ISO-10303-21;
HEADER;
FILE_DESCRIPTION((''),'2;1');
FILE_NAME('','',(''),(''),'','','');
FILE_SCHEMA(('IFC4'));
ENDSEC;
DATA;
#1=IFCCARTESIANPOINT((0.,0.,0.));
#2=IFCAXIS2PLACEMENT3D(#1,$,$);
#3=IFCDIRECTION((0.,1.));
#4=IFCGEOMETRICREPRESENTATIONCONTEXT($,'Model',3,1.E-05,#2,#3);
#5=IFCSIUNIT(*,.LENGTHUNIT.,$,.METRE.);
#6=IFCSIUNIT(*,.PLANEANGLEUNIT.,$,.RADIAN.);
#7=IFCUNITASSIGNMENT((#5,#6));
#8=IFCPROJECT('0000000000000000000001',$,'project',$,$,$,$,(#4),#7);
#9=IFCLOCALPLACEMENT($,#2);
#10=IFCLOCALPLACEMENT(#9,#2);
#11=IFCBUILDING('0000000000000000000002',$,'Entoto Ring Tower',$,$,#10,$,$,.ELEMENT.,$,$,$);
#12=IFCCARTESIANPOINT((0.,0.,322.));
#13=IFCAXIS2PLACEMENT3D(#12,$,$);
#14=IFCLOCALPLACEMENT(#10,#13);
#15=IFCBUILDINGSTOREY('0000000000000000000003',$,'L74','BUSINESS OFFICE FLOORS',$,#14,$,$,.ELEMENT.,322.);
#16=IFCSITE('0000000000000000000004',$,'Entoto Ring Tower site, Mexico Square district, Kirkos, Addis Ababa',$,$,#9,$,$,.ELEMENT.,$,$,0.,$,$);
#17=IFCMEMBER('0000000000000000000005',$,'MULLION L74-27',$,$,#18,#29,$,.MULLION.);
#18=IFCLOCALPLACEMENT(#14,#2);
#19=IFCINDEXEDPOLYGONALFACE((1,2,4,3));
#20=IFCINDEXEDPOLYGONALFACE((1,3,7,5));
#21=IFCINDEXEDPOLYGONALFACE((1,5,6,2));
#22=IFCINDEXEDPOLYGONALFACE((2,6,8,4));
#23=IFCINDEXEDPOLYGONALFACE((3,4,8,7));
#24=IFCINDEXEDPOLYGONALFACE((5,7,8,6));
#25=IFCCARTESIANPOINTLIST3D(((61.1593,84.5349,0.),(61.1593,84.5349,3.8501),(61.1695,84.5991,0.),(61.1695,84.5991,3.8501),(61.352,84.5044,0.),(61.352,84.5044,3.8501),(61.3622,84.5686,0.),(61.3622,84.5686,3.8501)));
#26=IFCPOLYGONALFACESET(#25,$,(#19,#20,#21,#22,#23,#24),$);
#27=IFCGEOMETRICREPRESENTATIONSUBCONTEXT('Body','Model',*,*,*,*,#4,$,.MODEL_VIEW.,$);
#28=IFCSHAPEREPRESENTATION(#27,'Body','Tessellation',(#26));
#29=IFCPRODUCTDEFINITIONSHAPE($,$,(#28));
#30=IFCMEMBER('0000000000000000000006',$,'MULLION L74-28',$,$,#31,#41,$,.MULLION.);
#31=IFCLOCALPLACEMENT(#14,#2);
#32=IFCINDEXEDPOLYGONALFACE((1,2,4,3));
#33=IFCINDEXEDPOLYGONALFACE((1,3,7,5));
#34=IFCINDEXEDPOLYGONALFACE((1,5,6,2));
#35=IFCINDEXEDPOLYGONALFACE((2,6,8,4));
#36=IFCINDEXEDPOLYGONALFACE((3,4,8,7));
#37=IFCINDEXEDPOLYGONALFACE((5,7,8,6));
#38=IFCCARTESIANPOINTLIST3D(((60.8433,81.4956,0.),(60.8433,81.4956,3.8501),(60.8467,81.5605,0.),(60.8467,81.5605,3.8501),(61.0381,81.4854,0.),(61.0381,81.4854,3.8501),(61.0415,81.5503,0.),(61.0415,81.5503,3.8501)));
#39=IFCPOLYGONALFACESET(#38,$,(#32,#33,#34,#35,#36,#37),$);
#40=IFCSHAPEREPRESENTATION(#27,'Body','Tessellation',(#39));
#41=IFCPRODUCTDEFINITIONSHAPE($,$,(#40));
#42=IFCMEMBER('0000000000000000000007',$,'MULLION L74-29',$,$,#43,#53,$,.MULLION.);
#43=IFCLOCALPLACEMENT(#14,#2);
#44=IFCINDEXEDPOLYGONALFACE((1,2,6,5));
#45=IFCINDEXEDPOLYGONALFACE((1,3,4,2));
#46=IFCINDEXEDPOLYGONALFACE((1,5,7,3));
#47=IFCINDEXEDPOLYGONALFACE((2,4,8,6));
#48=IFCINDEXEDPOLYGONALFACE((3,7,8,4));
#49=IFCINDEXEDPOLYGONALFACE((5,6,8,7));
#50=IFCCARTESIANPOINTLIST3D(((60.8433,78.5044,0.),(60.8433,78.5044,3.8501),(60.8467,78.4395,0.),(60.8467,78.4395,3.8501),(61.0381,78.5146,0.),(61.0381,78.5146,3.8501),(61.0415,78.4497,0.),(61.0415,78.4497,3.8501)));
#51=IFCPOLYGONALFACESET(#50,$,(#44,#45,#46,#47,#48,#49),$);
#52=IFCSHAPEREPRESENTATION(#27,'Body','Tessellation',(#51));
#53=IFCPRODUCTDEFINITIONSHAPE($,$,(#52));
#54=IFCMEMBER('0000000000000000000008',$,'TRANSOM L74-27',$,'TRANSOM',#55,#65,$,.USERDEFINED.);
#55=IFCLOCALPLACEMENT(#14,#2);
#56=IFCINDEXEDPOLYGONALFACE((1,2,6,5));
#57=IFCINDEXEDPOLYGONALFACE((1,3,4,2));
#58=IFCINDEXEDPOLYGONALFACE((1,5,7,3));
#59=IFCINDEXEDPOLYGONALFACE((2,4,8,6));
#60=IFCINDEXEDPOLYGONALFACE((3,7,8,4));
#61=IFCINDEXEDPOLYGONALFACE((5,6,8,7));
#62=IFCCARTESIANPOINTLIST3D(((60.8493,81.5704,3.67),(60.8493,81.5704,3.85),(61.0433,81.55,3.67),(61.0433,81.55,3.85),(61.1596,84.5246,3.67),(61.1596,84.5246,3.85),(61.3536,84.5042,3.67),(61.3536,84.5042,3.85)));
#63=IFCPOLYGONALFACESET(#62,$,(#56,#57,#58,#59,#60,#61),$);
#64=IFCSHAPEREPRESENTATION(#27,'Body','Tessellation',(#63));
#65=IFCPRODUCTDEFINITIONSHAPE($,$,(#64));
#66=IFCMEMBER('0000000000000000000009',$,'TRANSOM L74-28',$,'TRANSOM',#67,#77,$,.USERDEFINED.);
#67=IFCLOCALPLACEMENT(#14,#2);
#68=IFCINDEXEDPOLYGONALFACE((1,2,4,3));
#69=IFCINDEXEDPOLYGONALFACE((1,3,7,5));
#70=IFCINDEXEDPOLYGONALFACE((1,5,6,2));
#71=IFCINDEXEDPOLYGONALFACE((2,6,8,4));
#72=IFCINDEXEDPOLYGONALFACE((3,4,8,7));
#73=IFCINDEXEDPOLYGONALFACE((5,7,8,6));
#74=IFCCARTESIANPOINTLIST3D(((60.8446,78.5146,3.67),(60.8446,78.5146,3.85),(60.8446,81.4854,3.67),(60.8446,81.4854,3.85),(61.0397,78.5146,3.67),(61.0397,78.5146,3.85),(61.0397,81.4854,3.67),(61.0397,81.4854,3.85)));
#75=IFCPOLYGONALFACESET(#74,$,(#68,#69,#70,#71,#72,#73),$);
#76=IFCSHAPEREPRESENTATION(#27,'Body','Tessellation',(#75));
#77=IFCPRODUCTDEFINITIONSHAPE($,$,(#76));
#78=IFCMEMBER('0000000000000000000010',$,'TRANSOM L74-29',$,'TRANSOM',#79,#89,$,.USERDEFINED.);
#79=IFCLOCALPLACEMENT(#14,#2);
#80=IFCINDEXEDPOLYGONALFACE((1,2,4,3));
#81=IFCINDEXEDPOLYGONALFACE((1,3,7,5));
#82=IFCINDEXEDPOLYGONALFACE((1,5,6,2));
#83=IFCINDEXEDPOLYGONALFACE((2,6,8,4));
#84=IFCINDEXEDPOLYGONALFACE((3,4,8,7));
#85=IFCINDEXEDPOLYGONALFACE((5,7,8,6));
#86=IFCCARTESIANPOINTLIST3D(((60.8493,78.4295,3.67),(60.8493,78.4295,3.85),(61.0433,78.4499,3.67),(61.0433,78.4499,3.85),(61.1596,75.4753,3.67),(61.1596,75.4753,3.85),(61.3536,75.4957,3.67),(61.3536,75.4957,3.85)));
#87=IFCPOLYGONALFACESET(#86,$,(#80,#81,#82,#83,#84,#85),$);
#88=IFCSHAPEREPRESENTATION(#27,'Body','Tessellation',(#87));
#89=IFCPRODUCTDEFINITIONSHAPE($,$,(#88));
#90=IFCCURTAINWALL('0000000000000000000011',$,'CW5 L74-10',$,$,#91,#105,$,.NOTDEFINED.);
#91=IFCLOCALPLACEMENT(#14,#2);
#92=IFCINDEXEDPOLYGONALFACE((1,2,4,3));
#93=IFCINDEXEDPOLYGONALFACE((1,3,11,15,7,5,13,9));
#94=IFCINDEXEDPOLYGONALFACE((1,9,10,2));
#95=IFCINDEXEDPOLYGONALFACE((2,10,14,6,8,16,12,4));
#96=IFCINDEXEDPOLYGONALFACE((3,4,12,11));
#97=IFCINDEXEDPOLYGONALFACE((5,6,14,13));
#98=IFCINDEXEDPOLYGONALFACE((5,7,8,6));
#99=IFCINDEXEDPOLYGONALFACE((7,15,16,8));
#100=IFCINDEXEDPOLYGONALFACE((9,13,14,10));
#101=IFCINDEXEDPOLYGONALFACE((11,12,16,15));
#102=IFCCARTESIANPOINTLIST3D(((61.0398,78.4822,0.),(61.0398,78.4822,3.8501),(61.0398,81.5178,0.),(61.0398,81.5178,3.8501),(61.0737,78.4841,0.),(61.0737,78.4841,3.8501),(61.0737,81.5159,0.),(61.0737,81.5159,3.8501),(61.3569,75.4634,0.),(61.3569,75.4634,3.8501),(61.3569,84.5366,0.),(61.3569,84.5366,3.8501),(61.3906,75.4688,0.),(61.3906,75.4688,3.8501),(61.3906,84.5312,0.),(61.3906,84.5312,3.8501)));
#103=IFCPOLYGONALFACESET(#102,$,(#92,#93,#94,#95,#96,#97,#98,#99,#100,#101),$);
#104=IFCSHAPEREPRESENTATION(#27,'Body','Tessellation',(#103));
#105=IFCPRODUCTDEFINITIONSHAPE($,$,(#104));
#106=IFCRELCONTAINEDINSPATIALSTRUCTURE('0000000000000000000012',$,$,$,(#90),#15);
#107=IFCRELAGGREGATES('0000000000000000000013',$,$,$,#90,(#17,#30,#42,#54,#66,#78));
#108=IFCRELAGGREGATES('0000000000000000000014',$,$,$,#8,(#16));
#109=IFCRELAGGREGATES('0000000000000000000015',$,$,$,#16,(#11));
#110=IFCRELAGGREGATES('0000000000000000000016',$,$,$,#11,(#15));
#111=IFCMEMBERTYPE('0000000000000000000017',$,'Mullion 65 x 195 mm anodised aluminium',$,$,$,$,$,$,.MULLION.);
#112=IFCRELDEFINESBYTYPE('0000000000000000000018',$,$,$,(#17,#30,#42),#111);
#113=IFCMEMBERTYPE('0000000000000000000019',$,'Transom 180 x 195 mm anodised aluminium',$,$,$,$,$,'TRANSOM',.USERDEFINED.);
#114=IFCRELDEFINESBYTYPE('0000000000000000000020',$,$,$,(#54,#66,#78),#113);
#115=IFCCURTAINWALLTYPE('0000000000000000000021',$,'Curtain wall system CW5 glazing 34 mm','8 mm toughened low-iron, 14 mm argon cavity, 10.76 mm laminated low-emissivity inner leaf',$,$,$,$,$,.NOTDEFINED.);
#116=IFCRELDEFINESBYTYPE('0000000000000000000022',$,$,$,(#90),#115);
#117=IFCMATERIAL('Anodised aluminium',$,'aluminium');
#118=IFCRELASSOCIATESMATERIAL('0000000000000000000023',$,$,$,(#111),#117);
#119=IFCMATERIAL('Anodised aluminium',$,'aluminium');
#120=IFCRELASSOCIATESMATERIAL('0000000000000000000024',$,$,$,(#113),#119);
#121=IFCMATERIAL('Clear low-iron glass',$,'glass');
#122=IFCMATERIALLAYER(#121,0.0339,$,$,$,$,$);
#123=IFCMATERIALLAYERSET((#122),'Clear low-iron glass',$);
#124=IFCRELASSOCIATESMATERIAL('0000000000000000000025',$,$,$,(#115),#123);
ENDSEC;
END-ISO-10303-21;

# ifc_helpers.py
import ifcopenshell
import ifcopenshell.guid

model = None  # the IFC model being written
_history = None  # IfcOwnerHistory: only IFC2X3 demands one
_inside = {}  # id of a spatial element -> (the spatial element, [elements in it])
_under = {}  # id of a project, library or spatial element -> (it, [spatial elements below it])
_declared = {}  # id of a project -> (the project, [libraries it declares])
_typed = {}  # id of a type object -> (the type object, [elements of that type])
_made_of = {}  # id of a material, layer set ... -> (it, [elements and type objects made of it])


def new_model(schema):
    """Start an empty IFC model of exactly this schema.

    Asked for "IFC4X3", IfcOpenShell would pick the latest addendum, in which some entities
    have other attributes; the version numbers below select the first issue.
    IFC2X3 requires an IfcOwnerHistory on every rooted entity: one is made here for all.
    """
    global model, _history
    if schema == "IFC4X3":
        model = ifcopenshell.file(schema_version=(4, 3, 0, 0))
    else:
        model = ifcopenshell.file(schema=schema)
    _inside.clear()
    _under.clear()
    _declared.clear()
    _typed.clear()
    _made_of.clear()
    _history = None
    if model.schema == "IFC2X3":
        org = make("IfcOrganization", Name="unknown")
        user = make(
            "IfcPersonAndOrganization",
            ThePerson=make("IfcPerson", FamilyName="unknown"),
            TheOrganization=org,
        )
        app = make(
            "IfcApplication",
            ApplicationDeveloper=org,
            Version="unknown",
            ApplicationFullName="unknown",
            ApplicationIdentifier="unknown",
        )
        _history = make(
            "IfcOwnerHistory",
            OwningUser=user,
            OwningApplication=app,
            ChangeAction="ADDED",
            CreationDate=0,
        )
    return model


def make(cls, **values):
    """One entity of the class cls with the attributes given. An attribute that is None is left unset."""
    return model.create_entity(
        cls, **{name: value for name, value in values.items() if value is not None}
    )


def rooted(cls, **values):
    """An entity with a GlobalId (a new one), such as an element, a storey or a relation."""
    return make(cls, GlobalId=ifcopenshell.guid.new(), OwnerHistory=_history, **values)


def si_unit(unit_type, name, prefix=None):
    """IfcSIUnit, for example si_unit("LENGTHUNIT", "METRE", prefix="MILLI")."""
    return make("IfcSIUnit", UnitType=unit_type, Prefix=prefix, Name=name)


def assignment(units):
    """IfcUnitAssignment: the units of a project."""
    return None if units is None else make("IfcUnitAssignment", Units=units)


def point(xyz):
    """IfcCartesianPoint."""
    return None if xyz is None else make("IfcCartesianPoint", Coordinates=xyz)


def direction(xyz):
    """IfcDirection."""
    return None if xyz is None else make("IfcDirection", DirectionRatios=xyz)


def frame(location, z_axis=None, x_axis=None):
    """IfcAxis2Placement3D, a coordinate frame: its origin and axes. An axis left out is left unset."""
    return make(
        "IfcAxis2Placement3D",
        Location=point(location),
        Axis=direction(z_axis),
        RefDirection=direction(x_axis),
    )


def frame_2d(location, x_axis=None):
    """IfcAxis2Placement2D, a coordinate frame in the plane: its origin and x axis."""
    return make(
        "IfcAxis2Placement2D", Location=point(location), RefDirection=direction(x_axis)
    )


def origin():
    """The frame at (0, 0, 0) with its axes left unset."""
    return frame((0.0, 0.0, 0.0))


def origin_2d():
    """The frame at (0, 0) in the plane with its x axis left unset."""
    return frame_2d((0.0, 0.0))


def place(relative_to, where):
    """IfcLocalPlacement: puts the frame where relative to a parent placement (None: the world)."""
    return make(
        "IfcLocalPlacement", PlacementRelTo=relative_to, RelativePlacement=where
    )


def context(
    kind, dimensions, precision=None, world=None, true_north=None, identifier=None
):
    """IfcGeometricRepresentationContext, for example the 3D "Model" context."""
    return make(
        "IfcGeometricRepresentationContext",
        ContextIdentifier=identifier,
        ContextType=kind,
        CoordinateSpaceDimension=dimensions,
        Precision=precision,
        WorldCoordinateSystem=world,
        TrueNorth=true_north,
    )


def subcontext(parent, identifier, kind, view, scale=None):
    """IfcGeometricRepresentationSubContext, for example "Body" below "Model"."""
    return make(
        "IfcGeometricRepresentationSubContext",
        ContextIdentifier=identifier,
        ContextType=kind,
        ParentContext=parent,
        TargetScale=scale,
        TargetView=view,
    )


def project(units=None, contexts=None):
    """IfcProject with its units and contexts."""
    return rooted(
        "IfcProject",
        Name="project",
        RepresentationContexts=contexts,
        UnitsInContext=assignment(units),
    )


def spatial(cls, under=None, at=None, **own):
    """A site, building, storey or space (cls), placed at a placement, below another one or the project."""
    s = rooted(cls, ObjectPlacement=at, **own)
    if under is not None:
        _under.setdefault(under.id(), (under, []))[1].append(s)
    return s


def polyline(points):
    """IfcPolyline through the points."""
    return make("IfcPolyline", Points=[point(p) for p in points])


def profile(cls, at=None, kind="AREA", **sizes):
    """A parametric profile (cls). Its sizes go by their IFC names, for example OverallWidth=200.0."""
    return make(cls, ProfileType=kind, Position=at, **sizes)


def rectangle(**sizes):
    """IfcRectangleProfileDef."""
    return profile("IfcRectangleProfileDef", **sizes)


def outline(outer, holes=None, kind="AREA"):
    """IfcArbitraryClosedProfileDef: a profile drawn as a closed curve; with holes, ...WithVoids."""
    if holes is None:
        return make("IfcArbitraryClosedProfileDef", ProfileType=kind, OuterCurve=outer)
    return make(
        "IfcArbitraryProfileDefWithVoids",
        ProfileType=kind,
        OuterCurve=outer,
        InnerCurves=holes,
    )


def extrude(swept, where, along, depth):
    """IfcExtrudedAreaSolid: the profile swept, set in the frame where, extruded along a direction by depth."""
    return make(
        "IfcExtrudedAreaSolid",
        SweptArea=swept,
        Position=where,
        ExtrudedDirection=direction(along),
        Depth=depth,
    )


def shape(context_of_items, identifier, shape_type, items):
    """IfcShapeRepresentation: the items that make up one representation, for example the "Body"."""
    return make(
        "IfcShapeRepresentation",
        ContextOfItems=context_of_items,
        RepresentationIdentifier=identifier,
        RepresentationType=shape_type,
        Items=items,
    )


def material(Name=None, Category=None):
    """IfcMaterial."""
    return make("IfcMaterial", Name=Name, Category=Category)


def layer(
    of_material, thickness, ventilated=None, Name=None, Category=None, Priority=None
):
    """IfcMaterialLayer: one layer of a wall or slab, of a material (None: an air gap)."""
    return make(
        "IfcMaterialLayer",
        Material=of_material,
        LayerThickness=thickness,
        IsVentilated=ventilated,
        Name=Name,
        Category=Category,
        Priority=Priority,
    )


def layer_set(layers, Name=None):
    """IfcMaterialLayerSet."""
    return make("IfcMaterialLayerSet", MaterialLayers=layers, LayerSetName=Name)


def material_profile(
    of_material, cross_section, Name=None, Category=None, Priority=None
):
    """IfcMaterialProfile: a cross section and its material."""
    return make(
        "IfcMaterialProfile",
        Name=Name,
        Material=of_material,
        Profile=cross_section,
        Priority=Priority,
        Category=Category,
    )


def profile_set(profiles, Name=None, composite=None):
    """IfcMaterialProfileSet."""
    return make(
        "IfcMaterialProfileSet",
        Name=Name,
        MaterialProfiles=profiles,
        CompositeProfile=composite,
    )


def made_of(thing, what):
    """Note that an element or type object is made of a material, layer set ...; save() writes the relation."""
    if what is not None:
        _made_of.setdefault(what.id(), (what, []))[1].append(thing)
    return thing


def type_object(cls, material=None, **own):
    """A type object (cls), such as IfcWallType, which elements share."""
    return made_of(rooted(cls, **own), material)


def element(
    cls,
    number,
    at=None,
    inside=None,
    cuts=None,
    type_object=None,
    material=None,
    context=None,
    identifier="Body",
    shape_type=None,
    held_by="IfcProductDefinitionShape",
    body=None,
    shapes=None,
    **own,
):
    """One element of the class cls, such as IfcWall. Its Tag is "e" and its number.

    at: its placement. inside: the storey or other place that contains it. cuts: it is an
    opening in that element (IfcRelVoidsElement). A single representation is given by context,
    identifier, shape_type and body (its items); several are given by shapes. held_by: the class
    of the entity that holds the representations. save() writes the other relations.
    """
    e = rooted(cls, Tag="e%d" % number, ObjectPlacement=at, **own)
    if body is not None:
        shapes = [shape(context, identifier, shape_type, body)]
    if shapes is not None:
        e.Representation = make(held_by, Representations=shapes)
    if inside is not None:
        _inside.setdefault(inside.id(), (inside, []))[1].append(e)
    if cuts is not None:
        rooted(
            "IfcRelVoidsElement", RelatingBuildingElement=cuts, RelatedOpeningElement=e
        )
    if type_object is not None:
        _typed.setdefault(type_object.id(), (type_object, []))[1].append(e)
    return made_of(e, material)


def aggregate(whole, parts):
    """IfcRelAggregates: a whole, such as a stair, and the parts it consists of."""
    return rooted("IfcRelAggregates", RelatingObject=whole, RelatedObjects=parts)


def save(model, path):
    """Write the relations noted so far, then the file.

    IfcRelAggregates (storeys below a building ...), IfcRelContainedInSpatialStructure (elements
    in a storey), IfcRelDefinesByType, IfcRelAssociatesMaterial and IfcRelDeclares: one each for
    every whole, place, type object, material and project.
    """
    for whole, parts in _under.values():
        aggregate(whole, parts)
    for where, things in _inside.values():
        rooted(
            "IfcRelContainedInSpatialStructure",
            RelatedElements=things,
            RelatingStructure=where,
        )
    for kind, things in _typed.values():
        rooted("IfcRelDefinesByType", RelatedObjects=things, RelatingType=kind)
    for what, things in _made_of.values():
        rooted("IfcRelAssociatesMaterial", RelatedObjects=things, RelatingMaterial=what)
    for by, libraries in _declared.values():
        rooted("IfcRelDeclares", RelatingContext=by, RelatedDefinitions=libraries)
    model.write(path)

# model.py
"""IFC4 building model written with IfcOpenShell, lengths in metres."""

from ifc_helpers import new_model, si_unit, direction, frame, origin, origin_2d, place, context, subcontext, project, spatial, polyline, rectangle, outline, extrude, material, layer, layer_set, material_profile, profile_set, type_object, element, aggregate, save


model = new_model("IFC4")

# Units and contexts
model_context = context("Model", 3, precision=1e-05, world=origin(), true_north=direction((0.0, 1.0)))
body_context = subcontext(model_context, "Body", "Model", "MODEL_VIEW")
ifc_project = project(units=[si_unit("LENGTHUNIT", "METRE"), si_unit("PLANEANGLEUNIT", "RADIAN")], contexts=[model_context])

# Members
ifc_material_1 = material(Name="Anodised aluminium", Category="aluminium")
ifc_material_profile_1 = material_profile(ifc_material_1, rectangle(XDim=0.0649, YDim=0.1951, at=origin_2d()), Name="Mullion 65 x 195 mm anodised aluminium")
ifc_profile_set_1 = profile_set([ifc_material_profile_1], Name="Anodised aluminium")
member_type_1 = type_object("IfcMemberType", Name="Mullion 65 x 195 mm anodised aluminium", PredefinedType="MULLION", material=ifc_profile_set_1)
site_placement = place(None, origin())
building_placement = place(site_placement, origin())
storey_placement = place(building_placement, frame((0.0, 0.0, 322.0)))
member_1_placement = place(storey_placement, frame((61.2607, 84.5518, 0.0), z_axis=(0.0, 0.0, 1.0), x_axis=(-0.156434, -0.987688, 0.0)))
member_1 = element("IfcMember", 1, at=member_1_placement, type_object=member_type_1, Name="MULLION L74-27", PredefinedType="MULLION", context=body_context, shape_type="SweptSolid", body=[
    extrude(rectangle(XDim=0.0649, YDim=0.1951, at=origin_2d()), origin(), (0.0, 0.0, 1.0), 3.8501),
])
member_2_placement = place(storey_placement, frame((60.9424, 81.5229, 0.0), z_axis=(0.0, 0.0, 1.0), x_axis=(-0.052336, -0.99863, 0.0)))
member_2 = element("IfcMember", 2, at=member_2_placement, type_object=member_type_1, Name="MULLION L74-28", PredefinedType="MULLION", context=body_context, shape_type="SweptSolid", body=[
    extrude(rectangle(XDim=0.0649, YDim=0.1951, at=origin_2d()), origin(), (0.0, 0.0, 1.0), 3.8501),
])
member_3_placement = place(storey_placement, frame((60.9424, 78.4771, 0.0), z_axis=(0.0, 0.0, 1.0), x_axis=(0.052336, -0.99863, 0.0)))
member_3 = element("IfcMember", 3, at=member_3_placement, type_object=member_type_1, Name="MULLION L74-29", PredefinedType="MULLION", context=body_context, shape_type="SweptSolid", body=[
    extrude(rectangle(XDim=0.0649, YDim=0.1951, at=origin_2d()), origin(), (0.0, 0.0, 1.0), 3.8501),
])
ifc_material_2 = material(Name="Anodised aluminium", Category="aluminium")
ifc_material_profile_2 = material_profile(ifc_material_2, rectangle(XDim=0.1951, YDim=0.1799, at=origin_2d()), Name="Transom 180 x 195 mm anodised aluminium")
ifc_profile_set_2 = profile_set([ifc_material_profile_2], Name="Anodised aluminium")
member_type_2 = type_object("IfcMemberType", Name="Transom 180 x 195 mm anodised aluminium", ElementType="TRANSOM", PredefinedType="USERDEFINED", material=ifc_profile_set_2)
member_4_placement = place(storey_placement, frame((61.2566, 84.5144, 3.76), z_axis=(-0.104467, -0.994528, 0.0), x_axis=(0.994528, -0.104467, 0.0)))
member_4 = element("IfcMember", 4, at=member_4_placement, type_object=member_type_2, Name="TRANSOM L74-27", ObjectType="TRANSOM", PredefinedType="USERDEFINED", context=body_context, shape_type="SweptSolid", body=[
    extrude(rectangle(XDim=0.1951, YDim=0.1799, at=origin_2d()), origin(), (0.0, 0.0, 1.0), 2.9705),
])
member_5_placement = place(storey_placement, frame((60.9421, 81.4854, 3.76), z_axis=(0.0, -1.0, 0.0), x_axis=(1.0, 0.0, 0.0)))
member_5 = element("IfcMember", 5, at=member_5_placement, type_object=member_type_2, Name="TRANSOM L74-28", ObjectType="TRANSOM", PredefinedType="USERDEFINED", context=body_context, shape_type="SweptSolid", body=[
    extrude(rectangle(XDim=0.1951, YDim=0.1799, at=origin_2d()), origin(), (0.0, 0.0, 1.0), 2.9707),
])
member_6_placement = place(storey_placement, frame((60.9463, 78.4397, 3.76), z_axis=(0.104467, -0.994528, 0.0), x_axis=(0.994528, 0.104467, 0.0)))
member_6 = element("IfcMember", 6, at=member_6_placement, type_object=member_type_2, Name="TRANSOM L74-29", ObjectType="TRANSOM", PredefinedType="USERDEFINED", context=body_context, shape_type="SweptSolid", body=[
    extrude(rectangle(XDim=0.1951, YDim=0.1799, at=origin_2d()), origin(), (0.0, 0.0, 1.0), 2.9705),
])

# Site, building, storey
site = spatial("IfcSite", under=ifc_project, at=site_placement, Name="Entoto Ring Tower site, Mexico Square district, Kirkos, Addis Ababa", CompositionType="ELEMENT", RefElevation=0.0)
building = spatial("IfcBuilding", under=site, at=building_placement, Name="Entoto Ring Tower", CompositionType="ELEMENT")
storey = spatial("IfcBuildingStorey", under=building, at=storey_placement, Name="L74", Description="BUSINESS OFFICE FLOORS", CompositionType="ELEMENT", Elevation=322.0)

# Curtain wall
ifc_material_3 = material(Name="Clear low-iron glass", Category="glass")
ifc_layer = layer(ifc_material_3, 0.0339)
ifc_layer_set = layer_set([ifc_layer], Name="Clear low-iron glass")
curtain_wall_type = type_object("IfcCurtainWallType", Name="Curtain wall system CW5 glazing 34 mm", Description="8 mm toughened low-iron, 14 mm argon cavity, 10.76 mm laminated low-emissivity inner leaf", PredefinedType="NOTDEFINED", material=ifc_layer_set)
curtain_wall_1_placement = place(storey_placement, origin())
curtain_wall_1 = element("IfcCurtainWall", 7, at=curtain_wall_1_placement, inside=storey, type_object=curtain_wall_type, Name="CW5 L74-10", PredefinedType="NOTDEFINED", context=body_context, shape_type="SweptSolid", body=[
    extrude(outline(polyline([(61.3569, 84.5366), (61.0398, 81.5178), (61.0398, 78.4822), (61.3569, 75.4634), (61.3906, 75.4688), (61.0737, 78.4841), (61.0737, 81.5159), (61.3906, 84.5312), (61.3569, 84.5366)])), origin(), (0.0, 0.0, 1.0), 3.8501),
])
aggregate(curtain_wall_1, [member_1, member_2, member_3, member_4, member_5, member_6])

save(model, "model.ifc")
